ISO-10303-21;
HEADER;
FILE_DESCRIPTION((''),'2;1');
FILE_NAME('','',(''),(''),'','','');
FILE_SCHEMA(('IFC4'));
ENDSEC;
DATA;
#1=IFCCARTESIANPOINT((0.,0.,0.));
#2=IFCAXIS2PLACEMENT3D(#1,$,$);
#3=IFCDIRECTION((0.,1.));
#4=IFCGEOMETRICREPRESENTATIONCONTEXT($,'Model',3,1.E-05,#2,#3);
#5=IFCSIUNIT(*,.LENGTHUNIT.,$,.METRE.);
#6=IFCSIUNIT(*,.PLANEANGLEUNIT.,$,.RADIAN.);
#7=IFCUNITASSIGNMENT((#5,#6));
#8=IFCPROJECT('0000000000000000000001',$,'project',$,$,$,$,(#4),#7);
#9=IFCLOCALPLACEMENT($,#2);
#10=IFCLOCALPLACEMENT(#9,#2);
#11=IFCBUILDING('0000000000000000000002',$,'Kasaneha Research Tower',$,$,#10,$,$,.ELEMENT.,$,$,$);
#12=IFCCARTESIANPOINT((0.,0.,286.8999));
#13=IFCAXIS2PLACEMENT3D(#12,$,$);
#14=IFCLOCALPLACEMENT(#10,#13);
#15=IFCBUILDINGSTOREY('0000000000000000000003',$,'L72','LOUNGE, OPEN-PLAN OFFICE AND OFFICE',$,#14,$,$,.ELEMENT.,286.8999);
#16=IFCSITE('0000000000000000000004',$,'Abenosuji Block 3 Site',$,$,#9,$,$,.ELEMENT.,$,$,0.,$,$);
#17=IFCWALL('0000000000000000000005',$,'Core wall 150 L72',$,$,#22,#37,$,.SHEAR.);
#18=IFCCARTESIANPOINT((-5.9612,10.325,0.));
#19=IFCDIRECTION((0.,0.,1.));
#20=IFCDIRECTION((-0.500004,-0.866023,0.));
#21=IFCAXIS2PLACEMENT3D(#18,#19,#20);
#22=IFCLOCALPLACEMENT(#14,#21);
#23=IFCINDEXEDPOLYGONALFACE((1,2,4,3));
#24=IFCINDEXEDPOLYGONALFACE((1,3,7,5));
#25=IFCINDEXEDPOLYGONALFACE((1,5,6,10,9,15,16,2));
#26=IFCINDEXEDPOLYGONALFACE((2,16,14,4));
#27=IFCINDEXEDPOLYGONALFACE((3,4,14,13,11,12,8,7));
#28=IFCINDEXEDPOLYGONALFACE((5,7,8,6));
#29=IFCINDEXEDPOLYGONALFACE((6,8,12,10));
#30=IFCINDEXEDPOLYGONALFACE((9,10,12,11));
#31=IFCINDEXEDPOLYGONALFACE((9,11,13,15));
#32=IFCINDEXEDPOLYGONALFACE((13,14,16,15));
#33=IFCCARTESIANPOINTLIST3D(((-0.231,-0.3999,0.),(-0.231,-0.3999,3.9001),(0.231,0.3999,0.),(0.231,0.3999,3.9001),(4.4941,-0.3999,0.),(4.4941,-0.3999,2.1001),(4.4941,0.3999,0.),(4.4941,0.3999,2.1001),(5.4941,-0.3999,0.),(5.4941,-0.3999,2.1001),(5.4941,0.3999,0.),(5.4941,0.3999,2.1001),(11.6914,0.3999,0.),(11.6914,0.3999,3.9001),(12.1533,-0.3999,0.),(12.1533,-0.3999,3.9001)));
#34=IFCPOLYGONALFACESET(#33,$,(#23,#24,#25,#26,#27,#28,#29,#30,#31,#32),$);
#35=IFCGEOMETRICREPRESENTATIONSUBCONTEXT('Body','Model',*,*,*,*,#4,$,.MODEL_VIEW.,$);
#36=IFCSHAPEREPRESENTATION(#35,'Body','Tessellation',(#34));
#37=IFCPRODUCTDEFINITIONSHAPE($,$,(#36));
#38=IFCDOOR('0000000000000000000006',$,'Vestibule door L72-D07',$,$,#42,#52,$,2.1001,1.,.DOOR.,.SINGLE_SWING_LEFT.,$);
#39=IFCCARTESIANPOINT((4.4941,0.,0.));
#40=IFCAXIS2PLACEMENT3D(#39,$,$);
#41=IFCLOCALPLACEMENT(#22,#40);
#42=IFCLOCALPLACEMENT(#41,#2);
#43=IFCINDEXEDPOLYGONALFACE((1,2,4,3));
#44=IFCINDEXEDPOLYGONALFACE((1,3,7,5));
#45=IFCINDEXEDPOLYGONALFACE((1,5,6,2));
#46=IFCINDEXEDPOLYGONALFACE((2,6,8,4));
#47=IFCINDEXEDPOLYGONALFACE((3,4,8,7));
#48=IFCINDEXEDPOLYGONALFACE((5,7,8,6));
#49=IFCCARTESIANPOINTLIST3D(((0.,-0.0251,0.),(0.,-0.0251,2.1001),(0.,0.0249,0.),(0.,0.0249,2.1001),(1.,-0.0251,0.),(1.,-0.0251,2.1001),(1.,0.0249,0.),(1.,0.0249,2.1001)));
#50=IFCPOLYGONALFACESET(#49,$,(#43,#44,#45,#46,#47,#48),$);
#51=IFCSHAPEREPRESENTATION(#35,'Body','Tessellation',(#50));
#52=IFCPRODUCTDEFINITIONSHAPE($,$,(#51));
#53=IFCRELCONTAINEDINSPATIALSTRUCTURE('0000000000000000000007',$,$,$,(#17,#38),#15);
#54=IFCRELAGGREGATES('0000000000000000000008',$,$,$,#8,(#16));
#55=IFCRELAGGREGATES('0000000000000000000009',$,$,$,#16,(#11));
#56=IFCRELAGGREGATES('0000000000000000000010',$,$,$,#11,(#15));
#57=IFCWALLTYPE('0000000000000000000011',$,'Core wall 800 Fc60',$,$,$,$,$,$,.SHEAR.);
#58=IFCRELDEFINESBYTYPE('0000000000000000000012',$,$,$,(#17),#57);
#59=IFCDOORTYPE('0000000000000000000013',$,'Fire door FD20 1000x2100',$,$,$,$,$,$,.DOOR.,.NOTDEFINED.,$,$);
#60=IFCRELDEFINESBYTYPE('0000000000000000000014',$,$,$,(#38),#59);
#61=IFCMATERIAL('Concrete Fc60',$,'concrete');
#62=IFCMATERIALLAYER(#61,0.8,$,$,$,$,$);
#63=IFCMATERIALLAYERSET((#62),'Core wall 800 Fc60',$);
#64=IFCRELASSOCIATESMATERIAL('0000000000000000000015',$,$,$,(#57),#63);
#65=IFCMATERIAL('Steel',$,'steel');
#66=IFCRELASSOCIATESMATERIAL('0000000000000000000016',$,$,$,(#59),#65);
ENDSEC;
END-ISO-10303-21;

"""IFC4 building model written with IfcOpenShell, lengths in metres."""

from ifc_helpers import new_model, si_unit, direction, frame, frame_2d, origin, place, context, subcontext, project, spatial, polyline, rectangle, outline, extrude, material, layer, layer_set, type_object, element, fill, save


model = new_model("IFC4")

# Units and contexts
model_context = context("Model", 3, precision=1e-05, world=origin(), true_north=direction((0.0, 1.0)))
body_context = subcontext(model_context, "Body", "Model", "MODEL_VIEW")
ifc_project = project(units=[si_unit("LENGTHUNIT", "METRE"), si_unit("PLANEANGLEUNIT", "RADIAN")], contexts=[model_context])

# Site, building, storey
site_placement = place(None, origin())
site = spatial("IfcSite", under=ifc_project, at=site_placement, Name="Abenosuji Block 3 Site", CompositionType="ELEMENT", RefElevation=0.0)
building_placement = place(site_placement, origin())
building = spatial("IfcBuilding", under=site, at=building_placement, Name="Kasaneha Research Tower", CompositionType="ELEMENT")
storey_placement = place(building_placement, frame((0.0, 0.0, 286.8999)))
storey = spatial("IfcBuildingStorey", under=building, at=storey_placement, Name="L72", Description="LOUNGE, OPEN-PLAN OFFICE AND OFFICE", CompositionType="ELEMENT", Elevation=286.8999)

# Wall, opening, door
ifc_material_1 = material(Name="Concrete Fc60", Category="concrete")
ifc_layer_1 = layer(ifc_material_1, 0.8)
ifc_layer_set_1 = layer_set([ifc_layer_1], Name="Core wall 800 Fc60")
wall_type_1 = type_object("IfcWallType", Name="Core wall 800 Fc60", PredefinedType="SHEAR", material=ifc_layer_set_1)
wall_1_placement = place(storey_placement, frame((-5.9612, 10.325, 0.0), z_axis=(0.0, 0.0, 1.0), x_axis=(-0.500004, -0.866023, 0.0)))
wall_1 = element("IfcWall", 1, at=wall_1_placement, inside=storey, type_object=wall_type_1, Name="Core wall 150 L72", PredefinedType="SHEAR", context=body_context, shape_type="SweptSolid", body=[
    extrude(outline(polyline([(-0.231, -0.3999), (4.4941, -0.3999), (5.4941, -0.3999), (12.1533, -0.3999), (11.6914, 0.3999), (5.4941, 0.3999), (4.4941, 0.3999), (0.231, 0.3999), (-0.231, -0.3999)])), origin(), (0.0, 0.0, 1.0), 3.9001),
])
opening_1_placement = place(wall_1_placement, frame((4.4941, 0.0, 0.0)))
opening_1 = element("IfcOpeningElement", 2, at=opening_1_placement, cuts=wall_1, PredefinedType="OPENING", context=body_context, shape_type="SweptSolid", body=[
    extrude(rectangle(XDim=1.0, YDim=2.1001, at=frame_2d((0.5, 1.05))), frame((0.0, 0.4102, 0.0), z_axis=(0.0, -1.0, 0.0), x_axis=(1.0, 0.0, 0.0)), (0.0, 0.0, 1.0), 0.8201),
])
ifc_material_2 = material(Name="Steel", Category="steel")
door_type_1 = type_object("IfcDoorType", Name="Fire door FD20 1000x2100", OperationType="NOTDEFINED", PredefinedType="DOOR", material=ifc_material_2)
door_1_placement = place(opening_1_placement, origin())
door_1 = element("IfcDoor", 3, at=door_1_placement, inside=storey, type_object=door_type_1, Name="Vestibule door L72-D07", OperationType="SINGLE_SWING_LEFT", OverallHeight=2.1001, OverallWidth=1.0, PredefinedType="DOOR", context=body_context, shape_type="SweptSolid", body=[
    extrude(rectangle(XDim=1.0, YDim=2.1001, at=frame_2d((0.5, 1.05))), frame((0.0, 0.0249, 0.0), z_axis=(0.0, -1.0, 0.0), x_axis=(1.0, 0.0, 0.0)), (0.0, 0.0, 1.0), 0.05),
])
fill(opening_1, door_1)

save(model, "model.ifc")
